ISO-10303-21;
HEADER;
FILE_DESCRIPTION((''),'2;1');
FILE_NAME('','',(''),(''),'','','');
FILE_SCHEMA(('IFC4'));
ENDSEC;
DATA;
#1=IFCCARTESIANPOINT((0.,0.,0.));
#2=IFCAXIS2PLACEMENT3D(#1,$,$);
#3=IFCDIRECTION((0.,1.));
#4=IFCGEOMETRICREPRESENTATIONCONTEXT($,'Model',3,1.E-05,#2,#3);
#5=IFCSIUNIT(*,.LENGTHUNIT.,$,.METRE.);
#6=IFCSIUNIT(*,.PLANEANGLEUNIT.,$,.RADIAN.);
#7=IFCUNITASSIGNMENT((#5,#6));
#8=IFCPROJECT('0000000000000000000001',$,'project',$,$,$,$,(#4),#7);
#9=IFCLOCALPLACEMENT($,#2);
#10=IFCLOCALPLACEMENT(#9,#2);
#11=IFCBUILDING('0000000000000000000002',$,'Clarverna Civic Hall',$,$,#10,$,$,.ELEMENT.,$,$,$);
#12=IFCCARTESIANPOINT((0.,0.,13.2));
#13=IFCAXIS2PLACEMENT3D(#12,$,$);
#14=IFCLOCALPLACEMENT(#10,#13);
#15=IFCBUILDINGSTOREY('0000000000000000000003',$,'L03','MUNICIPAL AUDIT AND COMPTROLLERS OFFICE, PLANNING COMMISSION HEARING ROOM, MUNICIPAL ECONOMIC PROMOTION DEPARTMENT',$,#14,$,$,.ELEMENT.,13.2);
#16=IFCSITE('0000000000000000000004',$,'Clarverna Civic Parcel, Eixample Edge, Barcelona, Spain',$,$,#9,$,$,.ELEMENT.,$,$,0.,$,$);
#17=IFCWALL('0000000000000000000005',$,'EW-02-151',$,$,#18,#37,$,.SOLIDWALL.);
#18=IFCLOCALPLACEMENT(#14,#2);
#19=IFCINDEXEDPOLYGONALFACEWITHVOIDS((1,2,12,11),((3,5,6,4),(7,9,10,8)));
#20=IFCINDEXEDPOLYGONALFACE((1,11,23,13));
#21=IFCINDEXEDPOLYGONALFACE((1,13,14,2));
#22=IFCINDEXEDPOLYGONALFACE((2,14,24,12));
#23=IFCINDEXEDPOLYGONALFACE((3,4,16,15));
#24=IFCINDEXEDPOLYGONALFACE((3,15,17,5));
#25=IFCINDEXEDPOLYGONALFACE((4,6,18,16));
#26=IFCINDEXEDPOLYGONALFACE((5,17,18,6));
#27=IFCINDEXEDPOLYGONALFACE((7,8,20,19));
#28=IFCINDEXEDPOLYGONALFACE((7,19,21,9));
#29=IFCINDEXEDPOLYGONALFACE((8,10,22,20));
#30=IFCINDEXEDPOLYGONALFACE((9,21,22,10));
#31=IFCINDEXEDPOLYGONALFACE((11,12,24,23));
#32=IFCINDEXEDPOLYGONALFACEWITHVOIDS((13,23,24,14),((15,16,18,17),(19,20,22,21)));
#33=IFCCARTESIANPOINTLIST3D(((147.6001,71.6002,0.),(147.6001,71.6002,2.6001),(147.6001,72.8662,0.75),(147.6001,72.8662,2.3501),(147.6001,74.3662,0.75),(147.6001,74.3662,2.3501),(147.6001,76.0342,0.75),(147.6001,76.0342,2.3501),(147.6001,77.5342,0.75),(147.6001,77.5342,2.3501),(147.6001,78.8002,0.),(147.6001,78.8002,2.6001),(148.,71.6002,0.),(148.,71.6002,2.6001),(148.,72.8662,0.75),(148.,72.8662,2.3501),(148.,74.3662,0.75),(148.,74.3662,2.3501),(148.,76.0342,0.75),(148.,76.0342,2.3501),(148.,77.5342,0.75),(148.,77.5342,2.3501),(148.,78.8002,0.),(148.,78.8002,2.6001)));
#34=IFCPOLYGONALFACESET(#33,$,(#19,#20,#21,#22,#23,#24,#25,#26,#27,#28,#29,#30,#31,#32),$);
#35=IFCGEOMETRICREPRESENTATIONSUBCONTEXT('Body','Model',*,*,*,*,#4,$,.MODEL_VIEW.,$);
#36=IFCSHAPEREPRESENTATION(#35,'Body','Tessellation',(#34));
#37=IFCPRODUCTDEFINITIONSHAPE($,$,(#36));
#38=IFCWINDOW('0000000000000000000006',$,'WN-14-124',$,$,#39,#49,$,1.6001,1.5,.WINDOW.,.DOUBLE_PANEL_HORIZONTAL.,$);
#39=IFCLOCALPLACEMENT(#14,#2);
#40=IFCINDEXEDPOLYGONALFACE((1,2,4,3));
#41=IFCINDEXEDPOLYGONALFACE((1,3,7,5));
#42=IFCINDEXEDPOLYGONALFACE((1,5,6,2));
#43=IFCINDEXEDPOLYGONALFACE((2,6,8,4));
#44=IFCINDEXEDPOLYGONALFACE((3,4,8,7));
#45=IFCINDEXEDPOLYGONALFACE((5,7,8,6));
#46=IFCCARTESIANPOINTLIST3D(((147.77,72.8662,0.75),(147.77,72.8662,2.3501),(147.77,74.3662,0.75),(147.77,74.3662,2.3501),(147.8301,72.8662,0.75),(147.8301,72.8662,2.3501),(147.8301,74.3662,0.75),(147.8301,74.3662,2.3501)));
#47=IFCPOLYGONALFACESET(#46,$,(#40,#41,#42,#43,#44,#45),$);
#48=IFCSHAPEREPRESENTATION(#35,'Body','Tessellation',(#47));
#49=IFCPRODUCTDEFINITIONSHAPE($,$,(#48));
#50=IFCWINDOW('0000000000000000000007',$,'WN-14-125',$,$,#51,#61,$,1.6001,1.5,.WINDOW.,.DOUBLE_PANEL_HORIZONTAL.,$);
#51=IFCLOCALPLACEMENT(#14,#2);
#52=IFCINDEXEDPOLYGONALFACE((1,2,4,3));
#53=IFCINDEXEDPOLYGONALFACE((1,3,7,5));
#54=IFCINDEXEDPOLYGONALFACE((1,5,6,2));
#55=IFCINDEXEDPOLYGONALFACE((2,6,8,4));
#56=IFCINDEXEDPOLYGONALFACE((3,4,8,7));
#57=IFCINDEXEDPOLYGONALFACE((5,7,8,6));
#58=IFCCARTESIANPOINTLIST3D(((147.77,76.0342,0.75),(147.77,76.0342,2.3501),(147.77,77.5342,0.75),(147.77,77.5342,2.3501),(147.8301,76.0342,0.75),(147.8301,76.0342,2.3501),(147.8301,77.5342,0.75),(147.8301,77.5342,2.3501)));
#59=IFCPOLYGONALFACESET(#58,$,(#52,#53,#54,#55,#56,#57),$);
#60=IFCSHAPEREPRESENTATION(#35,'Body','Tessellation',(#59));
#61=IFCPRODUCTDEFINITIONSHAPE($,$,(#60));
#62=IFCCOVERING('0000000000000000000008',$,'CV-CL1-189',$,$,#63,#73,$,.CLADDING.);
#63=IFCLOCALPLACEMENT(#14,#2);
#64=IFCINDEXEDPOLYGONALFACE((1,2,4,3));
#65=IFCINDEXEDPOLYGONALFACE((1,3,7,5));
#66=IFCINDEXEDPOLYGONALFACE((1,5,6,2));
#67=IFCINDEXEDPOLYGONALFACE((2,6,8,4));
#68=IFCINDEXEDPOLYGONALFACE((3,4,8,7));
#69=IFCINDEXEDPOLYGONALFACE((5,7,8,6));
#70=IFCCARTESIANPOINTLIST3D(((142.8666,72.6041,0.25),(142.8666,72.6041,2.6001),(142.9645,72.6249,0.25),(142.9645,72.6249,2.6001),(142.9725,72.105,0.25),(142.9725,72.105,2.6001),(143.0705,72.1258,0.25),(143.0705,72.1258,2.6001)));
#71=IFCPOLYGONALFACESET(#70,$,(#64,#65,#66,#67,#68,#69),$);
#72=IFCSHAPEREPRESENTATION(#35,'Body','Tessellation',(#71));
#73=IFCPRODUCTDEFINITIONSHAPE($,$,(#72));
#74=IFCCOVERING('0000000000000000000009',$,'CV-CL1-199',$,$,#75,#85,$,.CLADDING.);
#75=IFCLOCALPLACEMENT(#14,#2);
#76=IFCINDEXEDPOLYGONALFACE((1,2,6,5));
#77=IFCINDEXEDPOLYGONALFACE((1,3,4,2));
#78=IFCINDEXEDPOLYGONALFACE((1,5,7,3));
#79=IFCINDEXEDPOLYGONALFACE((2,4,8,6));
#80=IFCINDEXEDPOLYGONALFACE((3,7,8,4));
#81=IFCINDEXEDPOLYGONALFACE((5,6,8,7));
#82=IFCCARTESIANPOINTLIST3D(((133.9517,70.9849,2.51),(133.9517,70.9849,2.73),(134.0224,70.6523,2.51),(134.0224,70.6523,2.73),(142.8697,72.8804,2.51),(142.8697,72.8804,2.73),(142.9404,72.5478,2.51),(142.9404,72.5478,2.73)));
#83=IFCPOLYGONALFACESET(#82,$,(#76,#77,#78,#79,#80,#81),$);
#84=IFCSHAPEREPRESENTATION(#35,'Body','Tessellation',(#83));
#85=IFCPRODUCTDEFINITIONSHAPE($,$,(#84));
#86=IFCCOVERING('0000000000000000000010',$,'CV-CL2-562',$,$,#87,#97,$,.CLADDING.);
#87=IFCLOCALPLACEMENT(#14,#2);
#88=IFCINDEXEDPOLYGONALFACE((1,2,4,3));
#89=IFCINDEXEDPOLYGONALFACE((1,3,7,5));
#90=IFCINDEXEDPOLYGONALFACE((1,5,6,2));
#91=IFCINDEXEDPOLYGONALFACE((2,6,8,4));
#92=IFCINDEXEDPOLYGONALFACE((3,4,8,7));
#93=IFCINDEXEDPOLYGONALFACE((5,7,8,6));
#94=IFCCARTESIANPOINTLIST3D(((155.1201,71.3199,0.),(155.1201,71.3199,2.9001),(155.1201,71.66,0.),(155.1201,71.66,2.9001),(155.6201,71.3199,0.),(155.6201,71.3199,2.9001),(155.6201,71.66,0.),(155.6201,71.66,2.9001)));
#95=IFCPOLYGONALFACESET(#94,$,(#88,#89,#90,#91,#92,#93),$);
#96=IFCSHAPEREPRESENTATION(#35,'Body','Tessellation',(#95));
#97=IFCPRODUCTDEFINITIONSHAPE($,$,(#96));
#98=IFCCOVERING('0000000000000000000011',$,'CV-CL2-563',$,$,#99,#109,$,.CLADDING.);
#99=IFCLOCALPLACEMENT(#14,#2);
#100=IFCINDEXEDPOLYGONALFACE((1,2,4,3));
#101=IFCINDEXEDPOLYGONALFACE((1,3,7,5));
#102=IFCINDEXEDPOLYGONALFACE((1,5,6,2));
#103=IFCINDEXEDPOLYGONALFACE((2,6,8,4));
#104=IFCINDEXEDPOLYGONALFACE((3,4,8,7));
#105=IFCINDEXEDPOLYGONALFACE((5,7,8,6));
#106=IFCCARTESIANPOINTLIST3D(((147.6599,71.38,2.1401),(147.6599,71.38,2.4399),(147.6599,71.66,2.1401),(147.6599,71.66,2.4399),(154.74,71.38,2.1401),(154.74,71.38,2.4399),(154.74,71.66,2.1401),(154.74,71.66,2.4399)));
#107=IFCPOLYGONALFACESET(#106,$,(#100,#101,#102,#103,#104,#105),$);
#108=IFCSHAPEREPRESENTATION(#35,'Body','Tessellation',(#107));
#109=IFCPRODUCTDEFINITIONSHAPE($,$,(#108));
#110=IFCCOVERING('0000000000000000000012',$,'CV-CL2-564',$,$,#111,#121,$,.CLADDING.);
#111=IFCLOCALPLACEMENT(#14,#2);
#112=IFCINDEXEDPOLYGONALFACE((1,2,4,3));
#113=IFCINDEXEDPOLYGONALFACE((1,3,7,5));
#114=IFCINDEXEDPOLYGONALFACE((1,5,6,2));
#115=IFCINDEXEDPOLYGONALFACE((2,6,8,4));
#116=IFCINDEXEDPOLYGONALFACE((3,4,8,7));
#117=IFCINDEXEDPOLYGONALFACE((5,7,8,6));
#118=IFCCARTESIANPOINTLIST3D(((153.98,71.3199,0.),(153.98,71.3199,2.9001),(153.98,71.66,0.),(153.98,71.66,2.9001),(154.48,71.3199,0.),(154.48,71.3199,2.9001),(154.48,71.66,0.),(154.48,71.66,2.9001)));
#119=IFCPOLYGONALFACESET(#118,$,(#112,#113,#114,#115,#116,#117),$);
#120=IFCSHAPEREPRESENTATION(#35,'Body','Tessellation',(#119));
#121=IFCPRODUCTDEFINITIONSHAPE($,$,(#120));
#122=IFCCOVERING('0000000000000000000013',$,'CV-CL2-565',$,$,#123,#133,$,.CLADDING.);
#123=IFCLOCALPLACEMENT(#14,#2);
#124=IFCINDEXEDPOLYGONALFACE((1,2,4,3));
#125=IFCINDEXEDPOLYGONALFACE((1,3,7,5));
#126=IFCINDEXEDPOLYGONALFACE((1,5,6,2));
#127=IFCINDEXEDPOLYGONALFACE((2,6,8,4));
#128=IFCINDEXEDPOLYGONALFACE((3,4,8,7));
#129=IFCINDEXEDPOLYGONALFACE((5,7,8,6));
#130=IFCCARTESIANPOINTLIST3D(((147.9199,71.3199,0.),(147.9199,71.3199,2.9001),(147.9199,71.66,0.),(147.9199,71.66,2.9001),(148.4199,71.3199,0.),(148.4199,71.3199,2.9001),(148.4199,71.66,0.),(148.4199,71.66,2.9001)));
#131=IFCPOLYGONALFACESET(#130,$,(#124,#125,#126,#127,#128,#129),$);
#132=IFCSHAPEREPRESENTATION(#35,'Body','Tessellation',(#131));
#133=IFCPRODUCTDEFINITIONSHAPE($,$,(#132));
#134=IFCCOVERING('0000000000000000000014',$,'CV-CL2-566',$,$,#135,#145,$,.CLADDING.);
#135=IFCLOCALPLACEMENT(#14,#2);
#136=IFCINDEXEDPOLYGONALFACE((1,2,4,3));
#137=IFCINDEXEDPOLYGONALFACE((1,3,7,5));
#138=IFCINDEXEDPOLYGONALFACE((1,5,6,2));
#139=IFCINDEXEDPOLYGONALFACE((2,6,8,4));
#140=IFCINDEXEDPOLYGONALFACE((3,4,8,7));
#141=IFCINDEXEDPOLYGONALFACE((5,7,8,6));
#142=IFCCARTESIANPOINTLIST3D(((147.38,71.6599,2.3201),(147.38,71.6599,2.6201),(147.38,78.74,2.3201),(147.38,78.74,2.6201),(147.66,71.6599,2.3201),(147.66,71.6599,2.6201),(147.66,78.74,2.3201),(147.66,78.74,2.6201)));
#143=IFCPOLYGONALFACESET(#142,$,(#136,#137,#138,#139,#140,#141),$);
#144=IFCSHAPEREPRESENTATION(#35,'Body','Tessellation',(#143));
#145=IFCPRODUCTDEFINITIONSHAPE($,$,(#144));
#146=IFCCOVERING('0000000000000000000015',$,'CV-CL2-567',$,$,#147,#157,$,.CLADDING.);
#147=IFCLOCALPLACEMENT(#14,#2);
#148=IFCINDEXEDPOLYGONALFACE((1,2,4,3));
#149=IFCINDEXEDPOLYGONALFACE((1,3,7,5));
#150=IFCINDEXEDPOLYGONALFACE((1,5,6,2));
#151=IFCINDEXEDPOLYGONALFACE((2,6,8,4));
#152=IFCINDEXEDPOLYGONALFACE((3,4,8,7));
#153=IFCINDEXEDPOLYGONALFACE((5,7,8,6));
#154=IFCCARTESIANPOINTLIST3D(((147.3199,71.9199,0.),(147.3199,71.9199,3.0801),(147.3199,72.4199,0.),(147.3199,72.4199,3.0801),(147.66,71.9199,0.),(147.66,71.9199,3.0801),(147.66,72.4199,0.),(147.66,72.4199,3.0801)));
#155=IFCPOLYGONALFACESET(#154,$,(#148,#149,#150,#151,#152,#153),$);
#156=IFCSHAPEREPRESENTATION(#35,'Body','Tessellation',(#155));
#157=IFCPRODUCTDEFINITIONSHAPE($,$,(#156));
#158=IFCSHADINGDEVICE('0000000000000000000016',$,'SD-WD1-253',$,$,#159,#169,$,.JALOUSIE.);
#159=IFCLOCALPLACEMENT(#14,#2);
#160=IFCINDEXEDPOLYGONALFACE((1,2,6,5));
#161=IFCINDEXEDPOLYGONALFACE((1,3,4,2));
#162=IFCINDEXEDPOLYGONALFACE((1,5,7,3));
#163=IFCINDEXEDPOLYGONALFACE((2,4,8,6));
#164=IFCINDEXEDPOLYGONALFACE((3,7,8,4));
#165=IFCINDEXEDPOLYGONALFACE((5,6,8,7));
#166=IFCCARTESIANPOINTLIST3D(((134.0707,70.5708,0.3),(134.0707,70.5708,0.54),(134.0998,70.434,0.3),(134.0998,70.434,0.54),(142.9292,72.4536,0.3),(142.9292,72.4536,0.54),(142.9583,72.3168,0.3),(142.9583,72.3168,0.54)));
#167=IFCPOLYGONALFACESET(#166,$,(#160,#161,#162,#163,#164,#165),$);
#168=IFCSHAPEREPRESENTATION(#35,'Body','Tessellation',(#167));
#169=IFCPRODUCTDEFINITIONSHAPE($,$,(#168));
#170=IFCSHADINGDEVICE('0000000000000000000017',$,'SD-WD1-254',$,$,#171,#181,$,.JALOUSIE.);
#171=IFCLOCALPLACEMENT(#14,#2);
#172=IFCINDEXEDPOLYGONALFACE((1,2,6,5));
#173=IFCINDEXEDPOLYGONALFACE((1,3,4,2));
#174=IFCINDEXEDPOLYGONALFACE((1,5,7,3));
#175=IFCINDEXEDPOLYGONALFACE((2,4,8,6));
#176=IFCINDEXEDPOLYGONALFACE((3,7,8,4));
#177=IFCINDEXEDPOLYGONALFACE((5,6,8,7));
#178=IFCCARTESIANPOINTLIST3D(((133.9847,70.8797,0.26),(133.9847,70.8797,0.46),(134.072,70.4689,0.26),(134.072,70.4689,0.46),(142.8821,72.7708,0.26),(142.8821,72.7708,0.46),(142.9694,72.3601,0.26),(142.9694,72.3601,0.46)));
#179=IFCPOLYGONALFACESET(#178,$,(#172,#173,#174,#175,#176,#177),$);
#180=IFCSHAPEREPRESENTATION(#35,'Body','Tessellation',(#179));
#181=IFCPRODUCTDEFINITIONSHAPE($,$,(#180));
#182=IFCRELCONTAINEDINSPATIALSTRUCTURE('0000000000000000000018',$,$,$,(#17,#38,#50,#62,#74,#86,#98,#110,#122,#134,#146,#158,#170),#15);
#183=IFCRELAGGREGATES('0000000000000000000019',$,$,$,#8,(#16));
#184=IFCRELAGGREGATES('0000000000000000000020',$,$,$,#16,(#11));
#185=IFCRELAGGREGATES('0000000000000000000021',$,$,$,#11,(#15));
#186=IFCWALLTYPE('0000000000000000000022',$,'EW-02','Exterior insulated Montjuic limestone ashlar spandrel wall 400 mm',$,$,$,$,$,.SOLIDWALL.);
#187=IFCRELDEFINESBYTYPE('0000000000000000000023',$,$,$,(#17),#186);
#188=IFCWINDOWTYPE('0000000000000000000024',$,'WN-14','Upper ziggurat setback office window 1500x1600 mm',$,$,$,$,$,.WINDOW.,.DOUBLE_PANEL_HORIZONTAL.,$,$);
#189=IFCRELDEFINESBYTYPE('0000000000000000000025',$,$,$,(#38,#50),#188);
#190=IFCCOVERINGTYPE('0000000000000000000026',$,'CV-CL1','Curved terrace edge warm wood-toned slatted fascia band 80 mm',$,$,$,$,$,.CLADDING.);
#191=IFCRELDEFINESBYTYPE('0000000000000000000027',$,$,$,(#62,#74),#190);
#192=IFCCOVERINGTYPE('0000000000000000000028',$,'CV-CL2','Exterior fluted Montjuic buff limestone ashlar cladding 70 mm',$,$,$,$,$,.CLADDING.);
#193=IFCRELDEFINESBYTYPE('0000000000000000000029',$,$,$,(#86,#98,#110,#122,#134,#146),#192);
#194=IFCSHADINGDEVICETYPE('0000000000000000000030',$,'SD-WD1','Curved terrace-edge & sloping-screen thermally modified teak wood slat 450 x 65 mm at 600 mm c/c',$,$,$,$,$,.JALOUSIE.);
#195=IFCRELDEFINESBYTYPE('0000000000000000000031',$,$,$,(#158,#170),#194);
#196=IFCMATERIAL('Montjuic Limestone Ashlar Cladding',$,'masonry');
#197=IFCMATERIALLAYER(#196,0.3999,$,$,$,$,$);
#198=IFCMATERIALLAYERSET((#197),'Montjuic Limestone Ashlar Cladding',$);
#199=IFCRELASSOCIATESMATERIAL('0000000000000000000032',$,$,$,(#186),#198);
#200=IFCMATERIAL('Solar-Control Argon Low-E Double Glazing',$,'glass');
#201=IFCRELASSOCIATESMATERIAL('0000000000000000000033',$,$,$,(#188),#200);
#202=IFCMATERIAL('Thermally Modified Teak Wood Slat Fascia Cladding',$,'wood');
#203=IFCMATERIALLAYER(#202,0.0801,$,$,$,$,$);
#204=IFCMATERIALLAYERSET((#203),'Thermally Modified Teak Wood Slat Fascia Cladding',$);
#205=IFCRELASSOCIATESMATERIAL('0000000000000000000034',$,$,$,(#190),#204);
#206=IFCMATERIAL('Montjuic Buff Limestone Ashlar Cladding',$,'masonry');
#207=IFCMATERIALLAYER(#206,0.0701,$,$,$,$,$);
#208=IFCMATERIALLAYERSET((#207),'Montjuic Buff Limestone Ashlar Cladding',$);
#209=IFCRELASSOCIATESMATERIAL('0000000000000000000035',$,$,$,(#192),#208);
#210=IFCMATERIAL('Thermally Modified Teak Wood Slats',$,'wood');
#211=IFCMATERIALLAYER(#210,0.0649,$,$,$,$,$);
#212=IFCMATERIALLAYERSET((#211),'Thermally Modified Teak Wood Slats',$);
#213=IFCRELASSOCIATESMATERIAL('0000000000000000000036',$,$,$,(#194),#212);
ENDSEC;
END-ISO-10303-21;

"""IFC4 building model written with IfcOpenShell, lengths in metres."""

from ifc_helpers import new_model, si_unit, direction, frame, frame_2d, origin, place, context, subcontext, project, spatial, rectangle, extrude, material, layer, layer_set, type_object, element, fill, save


model = new_model("IFC4")

# Units and contexts
model_context = context("Model", 3, precision=1e-05, world=origin(), true_north=direction((0.0, 1.0)))
body_context = subcontext(model_context, "Body", "Model", "MODEL_VIEW")
ifc_project = project(units=[si_unit("LENGTHUNIT", "METRE"), si_unit("PLANEANGLEUNIT", "RADIAN")], contexts=[model_context])

# Site, building, storey
site_placement = place(None, origin())
site = spatial("IfcSite", under=ifc_project, at=site_placement, Name="Clarverna Civic Parcel, Eixample Edge, Barcelona, Spain", CompositionType="ELEMENT", RefElevation=0.0)
building_placement = place(site_placement, origin())
building = spatial("IfcBuilding", under=site, at=building_placement, Name="Clarverna Civic Hall", CompositionType="ELEMENT")
storey_placement = place(building_placement, frame((0.0, 0.0, 13.2)))
storey = spatial("IfcBuildingStorey", under=building, at=storey_placement, Name="L03", Description="MUNICIPAL AUDIT AND COMPTROLLERS OFFICE, PLANNING COMMISSION HEARING ROOM, MUNICIPAL ECONOMIC PROMOTION DEPARTMENT", CompositionType="ELEMENT", Elevation=13.2)

# Shared definitions
ifc_material_1 = material(Name="Montjuic Limestone Ashlar Cladding", Category="masonry")
ifc_layer_1 = layer(ifc_material_1, 0.3999)
ifc_layer_set_1 = layer_set([ifc_layer_1], Name="Montjuic Limestone Ashlar Cladding")
wall_type = type_object("IfcWallType", Name="EW-02", Description="Exterior insulated Montjuic limestone ashlar spandrel wall 400 mm", PredefinedType="SOLIDWALL", material=ifc_layer_set_1)

# Wall, openings, windows
wall_1_placement = place(storey_placement, frame((147.8, 71.6001, 0.0), z_axis=(0.0, 0.0, 1.0), x_axis=(0.0, 1.0, 0.0)))
wall_1 = element("IfcWall", 1, at=wall_1_placement, inside=storey, type_object=wall_type, Name="EW-02-151", PredefinedType="SOLIDWALL", context=body_context, shape_type="SweptSolid", body=[
    extrude(rectangle(XDim=7.2, YDim=0.3999, at=frame_2d((3.6001, 0.0))), origin(), (0.0, 0.0, 1.0), 2.6001),
])
opening_1_placement = place(wall_1_placement, frame((1.2661, 0.0, 0.75)))
opening_1 = element("IfcOpeningElement", 2, at=opening_1_placement, cuts=wall_1, PredefinedType="OPENING", context=body_context, shape_type="SweptSolid", body=[
    extrude(rectangle(XDim=1.5, YDim=1.6001, at=frame_2d((0.75, 0.8))), frame((0.0, 0.21, 0.0), z_axis=(0.0, -1.0, 0.0), x_axis=(1.0, 0.0, 0.0)), (0.0, 0.0, 1.0), 0.4199),
])
opening_2_placement = place(wall_1_placement, frame((4.4341, 0.0, 0.75)))
opening_2 = element("IfcOpeningElement", 3, at=opening_2_placement, cuts=wall_1, PredefinedType="OPENING", context=body_context, shape_type="SweptSolid", body=[
    extrude(rectangle(XDim=1.5, YDim=1.6001, at=frame_2d((0.75, 0.8))), frame((0.0, 0.21, 0.0), z_axis=(0.0, -1.0, 0.0), x_axis=(1.0, 0.0, 0.0)), (0.0, 0.0, 1.0), 0.4199),
])
ifc_material_2 = material(Name="Solar-Control Argon Low-E Double Glazing", Category="glass")
window_type = type_object("IfcWindowType", Name="WN-14", Description="Upper ziggurat setback office window 1500x1600 mm", PartitioningType="DOUBLE_PANEL_HORIZONTAL", PredefinedType="WINDOW", material=ifc_material_2)
window_1_placement = place(opening_1_placement, origin())
window_1 = element("IfcWindow", 4, at=window_1_placement, inside=storey, type_object=window_type, Name="WN-14-124", OverallHeight=1.6001, OverallWidth=1.5, PartitioningType="DOUBLE_PANEL_HORIZONTAL", PredefinedType="WINDOW", context=body_context, shape_type="SweptSolid", body=[
    extrude(rectangle(XDim=1.5, YDim=1.6001, at=frame_2d((0.75, 0.8))), frame((0.0, 0.03, 0.0), z_axis=(0.0, -1.0, 0.0), x_axis=(1.0, 0.0, 0.0)), (0.0, 0.0, 1.0), 0.0601),
])
fill(opening_1, window_1)
window_2_placement = place(opening_2_placement, origin())
window_2 = element("IfcWindow", 5, at=window_2_placement, inside=storey, type_object=window_type, Name="WN-14-125", OverallHeight=1.6001, OverallWidth=1.5, PartitioningType="DOUBLE_PANEL_HORIZONTAL", PredefinedType="WINDOW", context=body_context, shape_type="SweptSolid", body=[
    extrude(rectangle(XDim=1.5, YDim=1.6001, at=frame_2d((0.75, 0.8))), frame((0.0, 0.03, 0.0), z_axis=(0.0, -1.0, 0.0), x_axis=(1.0, 0.0, 0.0)), (0.0, 0.0, 1.0), 0.0601),
])
fill(opening_2, window_2)

# Coverings
ifc_material_3 = material(Name="Thermally Modified Teak Wood Slat Fascia Cladding", Category="wood")
ifc_layer_2 = layer(ifc_material_3, 0.0801)
ifc_layer_set_2 = layer_set([ifc_layer_2], Name="Thermally Modified Teak Wood Slat Fascia Cladding")
covering_type_1 = type_object("IfcCoveringType", Name="CV-CL1", Description="Curved terrace edge warm wood-toned slatted fascia band 80 mm", PredefinedType="CLADDING", material=ifc_layer_set_2)
covering_1_placement = place(storey_placement, frame((142.9155, 72.6145, 0.25), z_axis=(0.0, 0.0, 1.0), x_axis=(0.207698, -0.978193, 0.0)))
element("IfcCovering", 6, at=covering_1_placement, inside=storey, type_object=covering_type_1, Name="CV-CL1-189", PredefinedType="CLADDING", context=body_context, shape_type="SweptSolid", body=[
    extrude(rectangle(XDim=0.5103, YDim=0.1001, at=frame_2d((0.2551, 0.0))), origin(), (0.0, 0.0, 1.0), 2.3501),
])
covering_2_placement = place(storey_placement, frame((142.905, 72.7141, 2.51), z_axis=(0.0, 0.0, 1.0), x_axis=(-0.978149, -0.207905, 0.0)))
element("IfcCovering", 7, at=covering_2_placement, inside=storey, type_object=covering_type_1, Name="CV-CL1-199", PredefinedType="CLADDING", context=body_context, shape_type="SweptSolid", body=[
    extrude(rectangle(XDim=9.1172, YDim=0.3401, at=frame_2d((4.5586, 0.0))), origin(), (0.0, 0.0, 1.0), 0.22),
])
ifc_material_4 = material(Name="Montjuic Buff Limestone Ashlar Cladding", Category="masonry")
ifc_layer_3 = layer(ifc_material_4, 0.0701)
ifc_layer_set_3 = layer_set([ifc_layer_3], Name="Montjuic Buff Limestone Ashlar Cladding")
covering_type_2 = type_object("IfcCoveringType", Name="CV-CL2", Description="Exterior fluted Montjuic buff limestone ashlar cladding 70 mm", PredefinedType="CLADDING", material=ifc_layer_set_3)
covering_3_placement = place(storey_placement, frame((155.6201, 71.49, 0.0), z_axis=(0.0, 0.0, 1.0), x_axis=(-1.0, 0.0, 0.0)))
element("IfcCovering", 8, at=covering_3_placement, inside=storey, type_object=covering_type_2, Name="CV-CL2-562", PredefinedType="CLADDING", context=body_context, shape_type="SweptSolid", body=[
    extrude(rectangle(XDim=0.5, YDim=0.3401, at=frame_2d((0.25, 0.0))), origin(), (0.0, 0.0, 1.0), 2.9001),
])
covering_4_placement = place(storey_placement, frame((154.74, 71.52, 2.1401), z_axis=(0.0, 0.0, 1.0), x_axis=(-1.0, 0.0, 0.0)))
element("IfcCovering", 9, at=covering_4_placement, inside=storey, type_object=covering_type_2, Name="CV-CL2-563", PredefinedType="CLADDING", context=body_context, shape_type="SweptSolid", body=[
    extrude(rectangle(XDim=7.0801, YDim=0.28, at=frame_2d((3.54, 0.0))), origin(), (0.0, 0.0, 1.0), 0.2998),
])
for number, where, z_axis, x_axis, name in (
    (10, (154.48, 71.49, 0.0), (0.0, 0.0, 1.0), (-1.0, 0.0, 0.0), "CV-CL2-564"),
    (11, (148.4199, 71.49, 0.0), (0.0, 0.0, 1.0), (-1.0, 0.0, 0.0), "CV-CL2-565"),
):
    element("IfcCovering", number, at=place(storey_placement, frame(where, z_axis=z_axis, x_axis=x_axis)), inside=storey, type_object=covering_type_2, Name=name, PredefinedType="CLADDING", context=body_context, shape_type="SweptSolid", body=[
        extrude(rectangle(XDim=0.5, YDim=0.3401, at=frame_2d((0.25, 0.0))), origin(), (0.0, 0.0, 1.0), 2.9001),
    ])
covering_5_placement = place(storey_placement, frame((147.52, 71.6599, 2.3201), z_axis=(0.0, 0.0, 1.0), x_axis=(0.0, 1.0, 0.0)))
element("IfcCovering", 12, at=covering_5_placement, inside=storey, type_object=covering_type_2, Name="CV-CL2-566", PredefinedType="CLADDING", context=body_context, shape_type="SweptSolid", body=[
    extrude(rectangle(XDim=7.0801, YDim=0.28, at=frame_2d((3.54, 0.0))), origin(), (0.0, 0.0, 1.0), 0.3),
])
covering_6_placement = place(storey_placement, frame((147.49, 71.9199, 0.0), z_axis=(0.0, 0.0, 1.0), x_axis=(0.0, 1.0, 0.0)))
element("IfcCovering", 13, at=covering_6_placement, inside=storey, type_object=covering_type_2, Name="CV-CL2-567", PredefinedType="CLADDING", context=body_context, shape_type="SweptSolid", body=[
    extrude(rectangle(XDim=0.5, YDim=0.3401, at=frame_2d((0.25, 0.0))), origin(), (0.0, 0.0, 1.0), 3.0801),
])

# Shading devices
ifc_material_5 = material(Name="Thermally Modified Teak Wood Slats", Category="wood")
ifc_layer_4 = layer(ifc_material_5, 0.0649)
ifc_layer_set_4 = layer_set([ifc_layer_4], Name="Thermally Modified Teak Wood Slats")
shading_device_type = type_object("IfcShadingDeviceType", Name="SD-WD1", Description="Curved terrace-edge & sloping-screen thermally modified teak wood slat 450 x 65 mm at 600 mm c/c", PredefinedType="JALOUSIE", material=ifc_layer_set_4)
shading_device_1_placement = place(storey_placement, frame((142.9438, 72.3853, 0.3), z_axis=(0.0, 0.0, 1.0), x_axis=(-0.97815, -0.207901, 0.0)))
element("IfcShadingDevice", 14, at=shading_device_1_placement, inside=storey, type_object=shading_device_type, Name="SD-WD1-253", PredefinedType="JALOUSIE", context=body_context, shape_type="SweptSolid", body=[
    extrude(rectangle(XDim=9.0564, YDim=0.1399, at=frame_2d((4.5283, 0.0))), origin(), (0.0, 0.0, 1.0), 0.24),
])
shading_device_2_placement = place(storey_placement, frame((142.9258, 72.5654, 0.26), z_axis=(0.0, 0.0, 1.0), x_axis=(-0.97815, -0.207901, 0.0)))
element("IfcShadingDevice", 15, at=shading_device_2_placement, inside=storey, type_object=shading_device_type, Name="SD-WD1-254", PredefinedType="JALOUSIE", context=body_context, shape_type="SweptSolid", body=[
    extrude(rectangle(XDim=9.0962, YDim=0.4199, at=frame_2d((4.5481, 0.0))), origin(), (0.0, 0.0, 1.0), 0.2),
])

save(model, "model.ifc")
